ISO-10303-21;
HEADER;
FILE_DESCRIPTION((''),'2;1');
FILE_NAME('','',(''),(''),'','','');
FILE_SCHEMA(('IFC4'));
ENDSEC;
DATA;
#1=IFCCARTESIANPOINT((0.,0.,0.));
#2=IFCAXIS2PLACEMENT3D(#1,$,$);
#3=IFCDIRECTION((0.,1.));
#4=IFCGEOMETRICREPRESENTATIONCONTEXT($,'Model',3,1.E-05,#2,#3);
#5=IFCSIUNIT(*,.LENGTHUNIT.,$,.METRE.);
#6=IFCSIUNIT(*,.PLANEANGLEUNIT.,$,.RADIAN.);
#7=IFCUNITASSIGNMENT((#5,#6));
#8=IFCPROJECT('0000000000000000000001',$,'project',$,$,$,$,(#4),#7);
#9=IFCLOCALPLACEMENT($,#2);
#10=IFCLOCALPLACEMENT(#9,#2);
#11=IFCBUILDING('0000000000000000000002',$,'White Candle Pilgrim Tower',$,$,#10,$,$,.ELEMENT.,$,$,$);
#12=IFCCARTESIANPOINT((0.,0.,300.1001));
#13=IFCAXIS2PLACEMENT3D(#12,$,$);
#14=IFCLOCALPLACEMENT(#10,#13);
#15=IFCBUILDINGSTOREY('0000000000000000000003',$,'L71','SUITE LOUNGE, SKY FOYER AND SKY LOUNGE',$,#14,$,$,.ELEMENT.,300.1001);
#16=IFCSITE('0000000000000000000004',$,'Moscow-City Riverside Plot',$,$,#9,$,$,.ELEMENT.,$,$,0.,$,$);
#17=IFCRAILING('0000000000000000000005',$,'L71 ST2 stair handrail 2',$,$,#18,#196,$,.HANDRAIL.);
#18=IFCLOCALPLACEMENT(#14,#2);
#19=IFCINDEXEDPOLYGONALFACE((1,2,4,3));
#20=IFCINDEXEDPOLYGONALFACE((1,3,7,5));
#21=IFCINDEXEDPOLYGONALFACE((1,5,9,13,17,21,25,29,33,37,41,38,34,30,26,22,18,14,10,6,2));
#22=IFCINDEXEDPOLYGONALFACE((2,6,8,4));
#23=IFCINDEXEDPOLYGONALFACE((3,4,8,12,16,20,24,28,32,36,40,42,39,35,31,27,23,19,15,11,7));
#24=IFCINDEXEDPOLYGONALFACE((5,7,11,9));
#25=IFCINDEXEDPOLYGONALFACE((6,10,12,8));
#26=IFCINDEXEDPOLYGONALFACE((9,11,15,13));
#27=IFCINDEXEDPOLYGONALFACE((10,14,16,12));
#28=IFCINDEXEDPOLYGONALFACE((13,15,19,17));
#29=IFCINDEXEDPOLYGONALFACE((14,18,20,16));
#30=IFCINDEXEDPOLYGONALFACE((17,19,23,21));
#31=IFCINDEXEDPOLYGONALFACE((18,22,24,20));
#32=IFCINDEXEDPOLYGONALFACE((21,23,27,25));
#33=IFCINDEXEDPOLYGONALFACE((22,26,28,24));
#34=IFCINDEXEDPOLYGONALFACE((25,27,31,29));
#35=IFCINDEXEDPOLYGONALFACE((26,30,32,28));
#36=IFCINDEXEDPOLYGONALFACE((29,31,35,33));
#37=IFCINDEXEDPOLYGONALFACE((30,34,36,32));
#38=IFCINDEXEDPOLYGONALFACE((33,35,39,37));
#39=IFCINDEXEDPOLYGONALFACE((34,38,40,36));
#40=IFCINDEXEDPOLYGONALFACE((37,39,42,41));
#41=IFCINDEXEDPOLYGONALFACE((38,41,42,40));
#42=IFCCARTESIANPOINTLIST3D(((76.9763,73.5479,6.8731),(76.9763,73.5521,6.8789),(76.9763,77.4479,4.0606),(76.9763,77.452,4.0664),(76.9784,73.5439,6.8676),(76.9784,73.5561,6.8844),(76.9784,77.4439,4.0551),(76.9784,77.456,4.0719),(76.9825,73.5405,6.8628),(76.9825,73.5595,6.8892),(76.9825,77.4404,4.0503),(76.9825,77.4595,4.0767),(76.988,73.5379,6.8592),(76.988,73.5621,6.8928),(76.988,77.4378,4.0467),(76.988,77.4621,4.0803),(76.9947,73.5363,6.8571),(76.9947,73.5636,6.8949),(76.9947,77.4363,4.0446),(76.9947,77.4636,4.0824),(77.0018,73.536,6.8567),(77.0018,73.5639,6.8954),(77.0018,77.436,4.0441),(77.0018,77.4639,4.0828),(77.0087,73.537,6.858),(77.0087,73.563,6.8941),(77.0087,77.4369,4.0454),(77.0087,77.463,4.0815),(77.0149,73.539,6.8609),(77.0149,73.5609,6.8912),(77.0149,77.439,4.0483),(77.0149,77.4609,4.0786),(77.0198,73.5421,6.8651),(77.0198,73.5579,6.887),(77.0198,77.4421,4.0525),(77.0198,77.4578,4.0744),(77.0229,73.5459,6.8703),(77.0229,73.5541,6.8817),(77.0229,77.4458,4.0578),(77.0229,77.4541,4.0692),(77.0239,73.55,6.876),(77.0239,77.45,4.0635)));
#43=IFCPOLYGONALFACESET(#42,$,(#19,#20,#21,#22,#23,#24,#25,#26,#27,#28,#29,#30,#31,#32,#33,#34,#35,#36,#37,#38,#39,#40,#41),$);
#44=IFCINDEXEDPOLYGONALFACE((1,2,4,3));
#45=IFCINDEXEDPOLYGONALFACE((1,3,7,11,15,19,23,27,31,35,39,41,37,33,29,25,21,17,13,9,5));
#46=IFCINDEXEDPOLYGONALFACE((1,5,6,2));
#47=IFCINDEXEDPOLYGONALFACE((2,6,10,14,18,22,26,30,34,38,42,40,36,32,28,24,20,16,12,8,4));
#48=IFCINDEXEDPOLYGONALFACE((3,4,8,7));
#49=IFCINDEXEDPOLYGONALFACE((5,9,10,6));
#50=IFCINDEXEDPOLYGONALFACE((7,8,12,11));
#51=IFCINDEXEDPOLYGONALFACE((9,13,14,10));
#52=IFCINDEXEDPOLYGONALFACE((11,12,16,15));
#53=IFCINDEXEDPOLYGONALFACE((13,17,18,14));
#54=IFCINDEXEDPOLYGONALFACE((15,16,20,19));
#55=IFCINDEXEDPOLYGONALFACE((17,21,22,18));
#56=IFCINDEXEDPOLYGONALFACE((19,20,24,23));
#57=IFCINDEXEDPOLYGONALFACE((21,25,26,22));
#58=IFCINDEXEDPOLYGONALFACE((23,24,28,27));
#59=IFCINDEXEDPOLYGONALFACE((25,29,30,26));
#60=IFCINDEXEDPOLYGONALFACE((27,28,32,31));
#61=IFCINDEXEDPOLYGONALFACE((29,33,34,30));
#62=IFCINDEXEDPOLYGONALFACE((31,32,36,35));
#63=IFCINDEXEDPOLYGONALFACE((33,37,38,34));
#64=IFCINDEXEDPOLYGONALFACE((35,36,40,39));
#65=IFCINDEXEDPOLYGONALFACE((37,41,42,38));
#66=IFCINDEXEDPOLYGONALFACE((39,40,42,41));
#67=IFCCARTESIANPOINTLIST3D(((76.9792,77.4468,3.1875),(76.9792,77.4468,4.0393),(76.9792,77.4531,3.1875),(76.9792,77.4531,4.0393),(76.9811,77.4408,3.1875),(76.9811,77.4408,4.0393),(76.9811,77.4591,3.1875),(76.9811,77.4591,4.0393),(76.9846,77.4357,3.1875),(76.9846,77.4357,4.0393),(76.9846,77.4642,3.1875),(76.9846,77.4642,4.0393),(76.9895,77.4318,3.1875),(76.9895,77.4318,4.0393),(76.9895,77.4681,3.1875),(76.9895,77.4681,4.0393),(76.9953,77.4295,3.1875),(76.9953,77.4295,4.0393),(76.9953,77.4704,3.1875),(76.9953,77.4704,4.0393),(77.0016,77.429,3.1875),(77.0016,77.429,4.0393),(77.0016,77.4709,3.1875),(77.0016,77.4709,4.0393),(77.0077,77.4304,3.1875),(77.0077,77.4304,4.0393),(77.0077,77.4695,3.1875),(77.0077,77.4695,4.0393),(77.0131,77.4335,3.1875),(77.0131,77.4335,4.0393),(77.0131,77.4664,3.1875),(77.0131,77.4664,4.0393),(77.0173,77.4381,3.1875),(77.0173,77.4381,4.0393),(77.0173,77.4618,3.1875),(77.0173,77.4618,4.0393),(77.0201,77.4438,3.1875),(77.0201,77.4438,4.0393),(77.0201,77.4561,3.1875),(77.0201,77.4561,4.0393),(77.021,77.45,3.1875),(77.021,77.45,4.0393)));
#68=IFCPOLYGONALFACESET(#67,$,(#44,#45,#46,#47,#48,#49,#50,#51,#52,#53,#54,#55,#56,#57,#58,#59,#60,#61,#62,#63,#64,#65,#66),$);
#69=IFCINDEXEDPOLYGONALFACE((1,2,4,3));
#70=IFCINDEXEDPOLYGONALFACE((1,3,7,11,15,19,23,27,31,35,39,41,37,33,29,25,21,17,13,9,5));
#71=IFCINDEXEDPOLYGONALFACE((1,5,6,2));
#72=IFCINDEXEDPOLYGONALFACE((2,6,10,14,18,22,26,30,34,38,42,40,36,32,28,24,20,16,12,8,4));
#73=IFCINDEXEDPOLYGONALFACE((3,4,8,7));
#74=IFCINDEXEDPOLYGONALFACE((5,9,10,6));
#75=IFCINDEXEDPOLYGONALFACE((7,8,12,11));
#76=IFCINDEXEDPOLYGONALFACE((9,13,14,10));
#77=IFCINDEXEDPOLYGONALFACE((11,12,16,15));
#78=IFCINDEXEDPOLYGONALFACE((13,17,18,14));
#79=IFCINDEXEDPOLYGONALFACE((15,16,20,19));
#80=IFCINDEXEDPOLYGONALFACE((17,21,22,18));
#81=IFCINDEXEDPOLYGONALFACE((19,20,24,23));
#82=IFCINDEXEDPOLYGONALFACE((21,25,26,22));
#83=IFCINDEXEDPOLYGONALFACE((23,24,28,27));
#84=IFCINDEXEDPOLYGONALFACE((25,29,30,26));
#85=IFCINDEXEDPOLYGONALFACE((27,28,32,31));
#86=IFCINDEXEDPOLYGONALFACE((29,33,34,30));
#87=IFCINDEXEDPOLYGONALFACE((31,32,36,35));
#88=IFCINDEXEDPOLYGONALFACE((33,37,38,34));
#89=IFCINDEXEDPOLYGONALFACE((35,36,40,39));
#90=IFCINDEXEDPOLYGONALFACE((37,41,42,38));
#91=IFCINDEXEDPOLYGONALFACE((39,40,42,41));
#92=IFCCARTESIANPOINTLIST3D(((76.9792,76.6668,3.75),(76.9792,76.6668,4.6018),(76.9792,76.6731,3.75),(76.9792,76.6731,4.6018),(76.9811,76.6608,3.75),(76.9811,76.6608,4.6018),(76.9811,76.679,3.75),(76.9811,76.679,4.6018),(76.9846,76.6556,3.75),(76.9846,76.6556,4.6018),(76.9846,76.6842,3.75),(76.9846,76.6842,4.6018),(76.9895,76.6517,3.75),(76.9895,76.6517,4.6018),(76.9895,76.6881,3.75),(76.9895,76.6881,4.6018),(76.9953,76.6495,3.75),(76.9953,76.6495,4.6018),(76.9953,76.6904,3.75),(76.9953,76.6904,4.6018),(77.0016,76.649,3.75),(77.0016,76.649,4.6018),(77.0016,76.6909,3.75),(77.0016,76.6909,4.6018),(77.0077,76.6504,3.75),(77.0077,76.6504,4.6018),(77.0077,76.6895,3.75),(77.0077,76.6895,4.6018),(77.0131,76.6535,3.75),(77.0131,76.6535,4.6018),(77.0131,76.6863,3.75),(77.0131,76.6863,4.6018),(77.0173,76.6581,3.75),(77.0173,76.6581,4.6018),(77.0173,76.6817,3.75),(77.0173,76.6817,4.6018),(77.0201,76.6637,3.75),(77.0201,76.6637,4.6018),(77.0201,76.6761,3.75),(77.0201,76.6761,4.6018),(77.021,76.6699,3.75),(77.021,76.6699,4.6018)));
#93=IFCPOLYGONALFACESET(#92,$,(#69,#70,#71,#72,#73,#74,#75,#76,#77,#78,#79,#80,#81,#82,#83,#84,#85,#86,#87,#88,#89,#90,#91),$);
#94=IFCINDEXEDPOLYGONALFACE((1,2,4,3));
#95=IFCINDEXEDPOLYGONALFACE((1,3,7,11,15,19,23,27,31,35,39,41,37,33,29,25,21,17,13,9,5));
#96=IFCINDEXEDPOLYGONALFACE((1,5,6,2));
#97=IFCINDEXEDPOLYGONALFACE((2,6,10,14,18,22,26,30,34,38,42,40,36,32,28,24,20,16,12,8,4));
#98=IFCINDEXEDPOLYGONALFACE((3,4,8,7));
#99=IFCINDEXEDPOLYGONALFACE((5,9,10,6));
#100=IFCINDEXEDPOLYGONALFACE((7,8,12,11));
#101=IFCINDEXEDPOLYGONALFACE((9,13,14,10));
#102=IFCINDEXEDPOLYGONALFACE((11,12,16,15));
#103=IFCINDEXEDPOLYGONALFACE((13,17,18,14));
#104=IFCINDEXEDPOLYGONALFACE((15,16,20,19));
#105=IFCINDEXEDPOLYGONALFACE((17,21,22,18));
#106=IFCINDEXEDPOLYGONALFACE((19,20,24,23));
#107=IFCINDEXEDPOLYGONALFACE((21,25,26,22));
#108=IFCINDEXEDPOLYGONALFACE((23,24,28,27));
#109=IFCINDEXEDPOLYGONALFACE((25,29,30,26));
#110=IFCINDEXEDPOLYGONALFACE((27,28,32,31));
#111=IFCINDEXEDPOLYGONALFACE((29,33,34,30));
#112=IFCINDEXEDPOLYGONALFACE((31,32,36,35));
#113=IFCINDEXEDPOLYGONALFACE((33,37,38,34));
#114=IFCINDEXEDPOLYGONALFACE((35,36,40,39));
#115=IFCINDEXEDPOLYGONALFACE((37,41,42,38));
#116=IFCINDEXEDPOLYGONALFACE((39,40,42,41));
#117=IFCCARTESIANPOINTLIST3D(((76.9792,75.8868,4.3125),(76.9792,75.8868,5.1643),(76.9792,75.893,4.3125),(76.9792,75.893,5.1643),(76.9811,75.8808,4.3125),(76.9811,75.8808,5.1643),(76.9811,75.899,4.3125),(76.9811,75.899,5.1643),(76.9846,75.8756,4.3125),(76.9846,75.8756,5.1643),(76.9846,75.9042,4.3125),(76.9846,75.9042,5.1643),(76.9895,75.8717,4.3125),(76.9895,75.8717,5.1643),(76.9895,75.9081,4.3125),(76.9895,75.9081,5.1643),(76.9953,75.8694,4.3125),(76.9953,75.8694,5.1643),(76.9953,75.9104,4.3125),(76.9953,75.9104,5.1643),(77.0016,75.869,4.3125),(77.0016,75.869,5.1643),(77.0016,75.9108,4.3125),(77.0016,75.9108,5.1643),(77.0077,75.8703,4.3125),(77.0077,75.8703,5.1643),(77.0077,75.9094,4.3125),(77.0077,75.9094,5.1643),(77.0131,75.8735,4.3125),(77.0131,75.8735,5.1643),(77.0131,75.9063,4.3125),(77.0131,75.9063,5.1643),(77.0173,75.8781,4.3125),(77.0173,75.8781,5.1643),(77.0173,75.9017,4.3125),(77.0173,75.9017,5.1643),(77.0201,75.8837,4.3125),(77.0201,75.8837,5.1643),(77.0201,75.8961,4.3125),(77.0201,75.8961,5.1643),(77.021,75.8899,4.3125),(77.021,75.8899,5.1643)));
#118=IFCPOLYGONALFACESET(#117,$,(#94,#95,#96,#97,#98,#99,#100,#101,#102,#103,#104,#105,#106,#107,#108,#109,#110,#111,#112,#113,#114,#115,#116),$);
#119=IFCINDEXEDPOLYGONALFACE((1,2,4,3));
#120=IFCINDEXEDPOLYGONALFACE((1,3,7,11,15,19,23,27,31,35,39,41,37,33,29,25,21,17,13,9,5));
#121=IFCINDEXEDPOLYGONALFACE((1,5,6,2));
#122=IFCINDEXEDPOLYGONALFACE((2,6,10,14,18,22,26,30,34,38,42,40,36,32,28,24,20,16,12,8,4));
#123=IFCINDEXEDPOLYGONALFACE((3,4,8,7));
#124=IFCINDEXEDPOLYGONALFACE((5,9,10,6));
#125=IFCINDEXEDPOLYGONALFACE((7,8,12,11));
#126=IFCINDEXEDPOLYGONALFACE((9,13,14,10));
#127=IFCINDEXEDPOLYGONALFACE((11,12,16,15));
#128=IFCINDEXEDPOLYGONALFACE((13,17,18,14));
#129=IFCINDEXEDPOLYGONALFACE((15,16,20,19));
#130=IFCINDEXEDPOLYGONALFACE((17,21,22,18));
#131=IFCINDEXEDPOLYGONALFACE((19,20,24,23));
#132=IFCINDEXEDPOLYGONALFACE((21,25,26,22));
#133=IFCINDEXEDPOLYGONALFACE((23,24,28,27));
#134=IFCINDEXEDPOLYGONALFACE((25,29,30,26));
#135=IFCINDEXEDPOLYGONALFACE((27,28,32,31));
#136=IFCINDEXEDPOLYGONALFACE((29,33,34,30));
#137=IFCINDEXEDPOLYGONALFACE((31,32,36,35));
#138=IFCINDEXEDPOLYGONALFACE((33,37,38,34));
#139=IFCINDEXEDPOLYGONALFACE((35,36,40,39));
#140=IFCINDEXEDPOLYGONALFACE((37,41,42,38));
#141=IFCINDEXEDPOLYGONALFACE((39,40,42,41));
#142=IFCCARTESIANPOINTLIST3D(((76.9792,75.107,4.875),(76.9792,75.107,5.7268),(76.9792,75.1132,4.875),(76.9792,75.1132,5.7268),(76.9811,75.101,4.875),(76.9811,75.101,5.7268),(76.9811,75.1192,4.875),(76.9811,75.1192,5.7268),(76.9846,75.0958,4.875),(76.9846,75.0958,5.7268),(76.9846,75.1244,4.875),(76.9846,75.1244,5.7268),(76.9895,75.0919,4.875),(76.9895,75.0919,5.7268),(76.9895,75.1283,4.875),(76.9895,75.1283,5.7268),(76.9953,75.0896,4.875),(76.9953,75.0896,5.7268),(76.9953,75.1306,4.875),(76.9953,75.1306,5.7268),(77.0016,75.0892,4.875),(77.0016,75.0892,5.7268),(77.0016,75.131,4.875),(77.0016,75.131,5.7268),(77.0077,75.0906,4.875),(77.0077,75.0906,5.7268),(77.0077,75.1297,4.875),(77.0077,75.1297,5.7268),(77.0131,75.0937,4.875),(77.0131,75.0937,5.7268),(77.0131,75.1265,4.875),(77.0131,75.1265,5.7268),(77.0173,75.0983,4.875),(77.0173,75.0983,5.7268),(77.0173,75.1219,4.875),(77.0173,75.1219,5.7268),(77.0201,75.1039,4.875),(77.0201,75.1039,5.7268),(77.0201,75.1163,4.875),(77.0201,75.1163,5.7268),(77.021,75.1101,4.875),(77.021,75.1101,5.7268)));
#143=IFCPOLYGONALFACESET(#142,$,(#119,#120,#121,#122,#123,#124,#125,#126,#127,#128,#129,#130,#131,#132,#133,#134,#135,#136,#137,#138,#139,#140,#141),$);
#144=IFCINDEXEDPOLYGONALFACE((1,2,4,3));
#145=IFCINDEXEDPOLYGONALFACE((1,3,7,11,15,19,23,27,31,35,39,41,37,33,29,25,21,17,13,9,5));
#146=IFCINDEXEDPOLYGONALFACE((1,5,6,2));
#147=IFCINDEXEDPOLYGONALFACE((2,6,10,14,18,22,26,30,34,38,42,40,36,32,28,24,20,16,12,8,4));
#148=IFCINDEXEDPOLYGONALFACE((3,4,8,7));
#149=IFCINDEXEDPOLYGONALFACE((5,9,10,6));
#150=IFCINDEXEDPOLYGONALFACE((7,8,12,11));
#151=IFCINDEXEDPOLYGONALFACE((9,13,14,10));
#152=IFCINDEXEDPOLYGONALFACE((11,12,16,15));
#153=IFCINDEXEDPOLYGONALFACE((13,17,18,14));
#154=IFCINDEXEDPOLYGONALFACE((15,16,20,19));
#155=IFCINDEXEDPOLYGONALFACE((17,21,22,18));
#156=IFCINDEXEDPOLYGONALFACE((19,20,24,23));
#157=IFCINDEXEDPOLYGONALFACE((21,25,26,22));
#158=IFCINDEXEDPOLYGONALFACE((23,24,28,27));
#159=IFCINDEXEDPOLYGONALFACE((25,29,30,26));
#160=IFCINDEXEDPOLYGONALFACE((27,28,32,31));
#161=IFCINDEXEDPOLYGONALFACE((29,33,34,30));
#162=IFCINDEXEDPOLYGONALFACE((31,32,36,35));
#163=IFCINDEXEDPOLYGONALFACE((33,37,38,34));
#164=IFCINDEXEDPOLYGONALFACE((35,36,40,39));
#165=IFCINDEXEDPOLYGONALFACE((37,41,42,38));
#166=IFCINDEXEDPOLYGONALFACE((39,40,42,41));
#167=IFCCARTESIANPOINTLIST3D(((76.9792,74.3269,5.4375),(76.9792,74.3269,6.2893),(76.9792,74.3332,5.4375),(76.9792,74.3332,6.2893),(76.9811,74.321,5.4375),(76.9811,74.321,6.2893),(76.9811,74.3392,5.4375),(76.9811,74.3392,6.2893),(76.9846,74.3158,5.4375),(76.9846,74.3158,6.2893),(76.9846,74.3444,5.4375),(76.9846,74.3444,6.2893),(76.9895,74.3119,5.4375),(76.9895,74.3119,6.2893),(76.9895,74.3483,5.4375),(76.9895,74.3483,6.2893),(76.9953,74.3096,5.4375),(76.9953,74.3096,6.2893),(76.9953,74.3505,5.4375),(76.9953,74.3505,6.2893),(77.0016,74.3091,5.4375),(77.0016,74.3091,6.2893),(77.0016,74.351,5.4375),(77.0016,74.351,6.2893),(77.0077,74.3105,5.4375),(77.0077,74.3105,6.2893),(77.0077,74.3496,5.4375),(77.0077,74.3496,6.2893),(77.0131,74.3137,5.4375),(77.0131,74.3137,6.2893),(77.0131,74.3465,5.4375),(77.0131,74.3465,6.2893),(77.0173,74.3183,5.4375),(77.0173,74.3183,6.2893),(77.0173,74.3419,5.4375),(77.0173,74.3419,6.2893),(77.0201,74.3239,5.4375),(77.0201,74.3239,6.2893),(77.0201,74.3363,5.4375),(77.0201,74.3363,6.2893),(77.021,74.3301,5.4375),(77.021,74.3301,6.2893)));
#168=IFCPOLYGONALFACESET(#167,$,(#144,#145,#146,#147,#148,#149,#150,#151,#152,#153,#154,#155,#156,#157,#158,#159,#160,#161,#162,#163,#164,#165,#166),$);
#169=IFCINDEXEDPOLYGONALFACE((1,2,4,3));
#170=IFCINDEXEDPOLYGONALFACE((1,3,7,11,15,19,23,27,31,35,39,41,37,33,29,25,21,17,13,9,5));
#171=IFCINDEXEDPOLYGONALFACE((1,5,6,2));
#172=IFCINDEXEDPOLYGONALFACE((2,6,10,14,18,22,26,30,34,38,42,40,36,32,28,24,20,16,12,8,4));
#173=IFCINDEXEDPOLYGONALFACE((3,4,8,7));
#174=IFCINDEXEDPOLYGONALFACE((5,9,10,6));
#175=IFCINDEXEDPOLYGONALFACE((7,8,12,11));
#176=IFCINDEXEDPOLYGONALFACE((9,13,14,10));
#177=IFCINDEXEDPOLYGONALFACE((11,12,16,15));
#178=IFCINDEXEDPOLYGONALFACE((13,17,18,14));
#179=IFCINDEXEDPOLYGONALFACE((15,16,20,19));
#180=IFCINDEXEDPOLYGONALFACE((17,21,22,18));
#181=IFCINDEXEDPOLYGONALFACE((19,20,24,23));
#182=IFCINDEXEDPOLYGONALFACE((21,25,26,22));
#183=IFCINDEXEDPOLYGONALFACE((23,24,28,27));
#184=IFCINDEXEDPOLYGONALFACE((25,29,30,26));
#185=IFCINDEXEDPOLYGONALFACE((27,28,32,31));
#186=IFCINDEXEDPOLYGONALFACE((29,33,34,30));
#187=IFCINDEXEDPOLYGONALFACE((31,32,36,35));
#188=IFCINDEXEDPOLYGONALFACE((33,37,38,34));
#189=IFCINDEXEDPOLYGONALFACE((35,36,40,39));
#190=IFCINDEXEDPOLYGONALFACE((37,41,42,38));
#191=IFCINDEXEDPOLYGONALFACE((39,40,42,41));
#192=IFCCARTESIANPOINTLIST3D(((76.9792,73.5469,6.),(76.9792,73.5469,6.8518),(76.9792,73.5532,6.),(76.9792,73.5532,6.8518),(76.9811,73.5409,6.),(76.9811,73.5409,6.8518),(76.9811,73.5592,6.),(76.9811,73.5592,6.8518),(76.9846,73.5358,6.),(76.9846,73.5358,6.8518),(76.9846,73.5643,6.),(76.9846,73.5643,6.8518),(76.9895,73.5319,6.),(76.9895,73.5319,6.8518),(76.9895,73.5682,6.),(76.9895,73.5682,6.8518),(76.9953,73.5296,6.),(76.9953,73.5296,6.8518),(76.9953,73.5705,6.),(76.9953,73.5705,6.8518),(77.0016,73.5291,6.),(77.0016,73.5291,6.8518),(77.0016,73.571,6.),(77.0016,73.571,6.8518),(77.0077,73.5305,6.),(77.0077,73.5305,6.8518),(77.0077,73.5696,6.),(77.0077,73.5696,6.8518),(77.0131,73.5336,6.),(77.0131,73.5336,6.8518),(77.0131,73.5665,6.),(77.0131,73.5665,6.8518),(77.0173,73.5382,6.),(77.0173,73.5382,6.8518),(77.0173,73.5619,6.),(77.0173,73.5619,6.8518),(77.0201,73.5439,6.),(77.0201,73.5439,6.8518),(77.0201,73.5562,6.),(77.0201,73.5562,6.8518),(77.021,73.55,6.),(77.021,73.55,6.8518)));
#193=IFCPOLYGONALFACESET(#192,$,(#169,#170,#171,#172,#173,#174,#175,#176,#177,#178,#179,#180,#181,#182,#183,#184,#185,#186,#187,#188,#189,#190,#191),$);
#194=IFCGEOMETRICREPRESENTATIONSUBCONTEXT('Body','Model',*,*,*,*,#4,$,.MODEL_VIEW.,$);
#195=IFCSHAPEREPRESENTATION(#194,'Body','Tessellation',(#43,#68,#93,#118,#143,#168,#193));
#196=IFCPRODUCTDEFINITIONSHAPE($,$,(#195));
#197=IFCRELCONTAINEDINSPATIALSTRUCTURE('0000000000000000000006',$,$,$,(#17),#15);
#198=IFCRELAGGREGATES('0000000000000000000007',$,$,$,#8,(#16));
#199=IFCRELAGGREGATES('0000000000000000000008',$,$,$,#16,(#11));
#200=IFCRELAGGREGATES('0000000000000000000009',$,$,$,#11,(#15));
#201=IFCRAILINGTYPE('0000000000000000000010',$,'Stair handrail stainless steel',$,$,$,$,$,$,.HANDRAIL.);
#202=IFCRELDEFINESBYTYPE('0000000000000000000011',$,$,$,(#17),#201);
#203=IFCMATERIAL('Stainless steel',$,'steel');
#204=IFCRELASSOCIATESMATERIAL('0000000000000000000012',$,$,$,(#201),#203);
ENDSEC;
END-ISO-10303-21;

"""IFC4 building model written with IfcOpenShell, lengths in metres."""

from ifc_helpers import new_model, si_unit, direction, frame, origin, origin_2d, place, context, subcontext, project, spatial, circle, extrude, material, type_object, element, save


model = new_model("IFC4")

# Units and contexts
model_context = context("Model", 3, precision=1e-05, world=origin(), true_north=direction((0.0, 1.0)))
body_context = subcontext(model_context, "Body", "Model", "MODEL_VIEW")
ifc_project = project(units=[si_unit("LENGTHUNIT", "METRE"), si_unit("PLANEANGLEUNIT", "RADIAN")], contexts=[model_context])

# Site, building, storey
site_placement = place(None, origin())
site = spatial("IfcSite", under=ifc_project, at=site_placement, Name="Moscow-City Riverside Plot", CompositionType="ELEMENT", RefElevation=0.0)
building_placement = place(site_placement, origin())
building = spatial("IfcBuilding", under=site, at=building_placement, Name="White Candle Pilgrim Tower", CompositionType="ELEMENT")
storey_placement = place(building_placement, frame((0.0, 0.0, 300.1001)))
storey = spatial("IfcBuildingStorey", under=building, at=storey_placement, Name="L71", Description="SUITE LOUNGE, SKY FOYER AND SKY LOUNGE", CompositionType="ELEMENT", Elevation=300.1001)

# Railing
ifc_material_1 = material(Name="Stainless steel", Category="steel")
railing_type_1 = type_object("IfcRailingType", Name="Stair handrail stainless steel", PredefinedType="HANDRAIL", material=ifc_material_1)
railing_1_placement = place(storey_placement, frame((77.0, 77.45, 3.1875)))
element("IfcRailing", 1, at=railing_1_placement, inside=storey, type_object=railing_type_1, Name="L71 ST2 stair handrail 2", PredefinedType="HANDRAIL", context=body_context, shape_type="SweptSolid", body=[
    extrude(circle(Radius=0.0239, at=origin_2d()), frame((0.0, 0.0, 0.876), z_axis=(0.0, -0.811083, 0.584931), x_axis=(1.0, 0.0, 0.0)), (0.0, 0.0, 1.0), 4.8083),
    extrude(circle(Radius=0.021, at=origin_2d()), origin(), (0.0, 0.0, 1.0), 0.8518),
    extrude(circle(Radius=0.021, at=origin_2d()), frame((0.0, -0.78, 0.5625)), (0.0, 0.0, 1.0), 0.8518),
    extrude(circle(Radius=0.021, at=origin_2d()), frame((0.0, -1.5601, 1.125)), (0.0, 0.0, 1.0), 0.8518),
    extrude(circle(Radius=0.021, at=origin_2d()), frame((0.0, -2.3398, 1.6875)), (0.0, 0.0, 1.0), 0.8518),
    extrude(circle(Radius=0.021, at=origin_2d()), frame((0.0, -3.1199, 2.25)), (0.0, 0.0, 1.0), 0.8518),
    extrude(circle(Radius=0.021, at=origin_2d()), frame((0.0, -3.8999, 2.8125)), (0.0, 0.0, 1.0), 0.8518),
])

save(model, "model.ifc")
